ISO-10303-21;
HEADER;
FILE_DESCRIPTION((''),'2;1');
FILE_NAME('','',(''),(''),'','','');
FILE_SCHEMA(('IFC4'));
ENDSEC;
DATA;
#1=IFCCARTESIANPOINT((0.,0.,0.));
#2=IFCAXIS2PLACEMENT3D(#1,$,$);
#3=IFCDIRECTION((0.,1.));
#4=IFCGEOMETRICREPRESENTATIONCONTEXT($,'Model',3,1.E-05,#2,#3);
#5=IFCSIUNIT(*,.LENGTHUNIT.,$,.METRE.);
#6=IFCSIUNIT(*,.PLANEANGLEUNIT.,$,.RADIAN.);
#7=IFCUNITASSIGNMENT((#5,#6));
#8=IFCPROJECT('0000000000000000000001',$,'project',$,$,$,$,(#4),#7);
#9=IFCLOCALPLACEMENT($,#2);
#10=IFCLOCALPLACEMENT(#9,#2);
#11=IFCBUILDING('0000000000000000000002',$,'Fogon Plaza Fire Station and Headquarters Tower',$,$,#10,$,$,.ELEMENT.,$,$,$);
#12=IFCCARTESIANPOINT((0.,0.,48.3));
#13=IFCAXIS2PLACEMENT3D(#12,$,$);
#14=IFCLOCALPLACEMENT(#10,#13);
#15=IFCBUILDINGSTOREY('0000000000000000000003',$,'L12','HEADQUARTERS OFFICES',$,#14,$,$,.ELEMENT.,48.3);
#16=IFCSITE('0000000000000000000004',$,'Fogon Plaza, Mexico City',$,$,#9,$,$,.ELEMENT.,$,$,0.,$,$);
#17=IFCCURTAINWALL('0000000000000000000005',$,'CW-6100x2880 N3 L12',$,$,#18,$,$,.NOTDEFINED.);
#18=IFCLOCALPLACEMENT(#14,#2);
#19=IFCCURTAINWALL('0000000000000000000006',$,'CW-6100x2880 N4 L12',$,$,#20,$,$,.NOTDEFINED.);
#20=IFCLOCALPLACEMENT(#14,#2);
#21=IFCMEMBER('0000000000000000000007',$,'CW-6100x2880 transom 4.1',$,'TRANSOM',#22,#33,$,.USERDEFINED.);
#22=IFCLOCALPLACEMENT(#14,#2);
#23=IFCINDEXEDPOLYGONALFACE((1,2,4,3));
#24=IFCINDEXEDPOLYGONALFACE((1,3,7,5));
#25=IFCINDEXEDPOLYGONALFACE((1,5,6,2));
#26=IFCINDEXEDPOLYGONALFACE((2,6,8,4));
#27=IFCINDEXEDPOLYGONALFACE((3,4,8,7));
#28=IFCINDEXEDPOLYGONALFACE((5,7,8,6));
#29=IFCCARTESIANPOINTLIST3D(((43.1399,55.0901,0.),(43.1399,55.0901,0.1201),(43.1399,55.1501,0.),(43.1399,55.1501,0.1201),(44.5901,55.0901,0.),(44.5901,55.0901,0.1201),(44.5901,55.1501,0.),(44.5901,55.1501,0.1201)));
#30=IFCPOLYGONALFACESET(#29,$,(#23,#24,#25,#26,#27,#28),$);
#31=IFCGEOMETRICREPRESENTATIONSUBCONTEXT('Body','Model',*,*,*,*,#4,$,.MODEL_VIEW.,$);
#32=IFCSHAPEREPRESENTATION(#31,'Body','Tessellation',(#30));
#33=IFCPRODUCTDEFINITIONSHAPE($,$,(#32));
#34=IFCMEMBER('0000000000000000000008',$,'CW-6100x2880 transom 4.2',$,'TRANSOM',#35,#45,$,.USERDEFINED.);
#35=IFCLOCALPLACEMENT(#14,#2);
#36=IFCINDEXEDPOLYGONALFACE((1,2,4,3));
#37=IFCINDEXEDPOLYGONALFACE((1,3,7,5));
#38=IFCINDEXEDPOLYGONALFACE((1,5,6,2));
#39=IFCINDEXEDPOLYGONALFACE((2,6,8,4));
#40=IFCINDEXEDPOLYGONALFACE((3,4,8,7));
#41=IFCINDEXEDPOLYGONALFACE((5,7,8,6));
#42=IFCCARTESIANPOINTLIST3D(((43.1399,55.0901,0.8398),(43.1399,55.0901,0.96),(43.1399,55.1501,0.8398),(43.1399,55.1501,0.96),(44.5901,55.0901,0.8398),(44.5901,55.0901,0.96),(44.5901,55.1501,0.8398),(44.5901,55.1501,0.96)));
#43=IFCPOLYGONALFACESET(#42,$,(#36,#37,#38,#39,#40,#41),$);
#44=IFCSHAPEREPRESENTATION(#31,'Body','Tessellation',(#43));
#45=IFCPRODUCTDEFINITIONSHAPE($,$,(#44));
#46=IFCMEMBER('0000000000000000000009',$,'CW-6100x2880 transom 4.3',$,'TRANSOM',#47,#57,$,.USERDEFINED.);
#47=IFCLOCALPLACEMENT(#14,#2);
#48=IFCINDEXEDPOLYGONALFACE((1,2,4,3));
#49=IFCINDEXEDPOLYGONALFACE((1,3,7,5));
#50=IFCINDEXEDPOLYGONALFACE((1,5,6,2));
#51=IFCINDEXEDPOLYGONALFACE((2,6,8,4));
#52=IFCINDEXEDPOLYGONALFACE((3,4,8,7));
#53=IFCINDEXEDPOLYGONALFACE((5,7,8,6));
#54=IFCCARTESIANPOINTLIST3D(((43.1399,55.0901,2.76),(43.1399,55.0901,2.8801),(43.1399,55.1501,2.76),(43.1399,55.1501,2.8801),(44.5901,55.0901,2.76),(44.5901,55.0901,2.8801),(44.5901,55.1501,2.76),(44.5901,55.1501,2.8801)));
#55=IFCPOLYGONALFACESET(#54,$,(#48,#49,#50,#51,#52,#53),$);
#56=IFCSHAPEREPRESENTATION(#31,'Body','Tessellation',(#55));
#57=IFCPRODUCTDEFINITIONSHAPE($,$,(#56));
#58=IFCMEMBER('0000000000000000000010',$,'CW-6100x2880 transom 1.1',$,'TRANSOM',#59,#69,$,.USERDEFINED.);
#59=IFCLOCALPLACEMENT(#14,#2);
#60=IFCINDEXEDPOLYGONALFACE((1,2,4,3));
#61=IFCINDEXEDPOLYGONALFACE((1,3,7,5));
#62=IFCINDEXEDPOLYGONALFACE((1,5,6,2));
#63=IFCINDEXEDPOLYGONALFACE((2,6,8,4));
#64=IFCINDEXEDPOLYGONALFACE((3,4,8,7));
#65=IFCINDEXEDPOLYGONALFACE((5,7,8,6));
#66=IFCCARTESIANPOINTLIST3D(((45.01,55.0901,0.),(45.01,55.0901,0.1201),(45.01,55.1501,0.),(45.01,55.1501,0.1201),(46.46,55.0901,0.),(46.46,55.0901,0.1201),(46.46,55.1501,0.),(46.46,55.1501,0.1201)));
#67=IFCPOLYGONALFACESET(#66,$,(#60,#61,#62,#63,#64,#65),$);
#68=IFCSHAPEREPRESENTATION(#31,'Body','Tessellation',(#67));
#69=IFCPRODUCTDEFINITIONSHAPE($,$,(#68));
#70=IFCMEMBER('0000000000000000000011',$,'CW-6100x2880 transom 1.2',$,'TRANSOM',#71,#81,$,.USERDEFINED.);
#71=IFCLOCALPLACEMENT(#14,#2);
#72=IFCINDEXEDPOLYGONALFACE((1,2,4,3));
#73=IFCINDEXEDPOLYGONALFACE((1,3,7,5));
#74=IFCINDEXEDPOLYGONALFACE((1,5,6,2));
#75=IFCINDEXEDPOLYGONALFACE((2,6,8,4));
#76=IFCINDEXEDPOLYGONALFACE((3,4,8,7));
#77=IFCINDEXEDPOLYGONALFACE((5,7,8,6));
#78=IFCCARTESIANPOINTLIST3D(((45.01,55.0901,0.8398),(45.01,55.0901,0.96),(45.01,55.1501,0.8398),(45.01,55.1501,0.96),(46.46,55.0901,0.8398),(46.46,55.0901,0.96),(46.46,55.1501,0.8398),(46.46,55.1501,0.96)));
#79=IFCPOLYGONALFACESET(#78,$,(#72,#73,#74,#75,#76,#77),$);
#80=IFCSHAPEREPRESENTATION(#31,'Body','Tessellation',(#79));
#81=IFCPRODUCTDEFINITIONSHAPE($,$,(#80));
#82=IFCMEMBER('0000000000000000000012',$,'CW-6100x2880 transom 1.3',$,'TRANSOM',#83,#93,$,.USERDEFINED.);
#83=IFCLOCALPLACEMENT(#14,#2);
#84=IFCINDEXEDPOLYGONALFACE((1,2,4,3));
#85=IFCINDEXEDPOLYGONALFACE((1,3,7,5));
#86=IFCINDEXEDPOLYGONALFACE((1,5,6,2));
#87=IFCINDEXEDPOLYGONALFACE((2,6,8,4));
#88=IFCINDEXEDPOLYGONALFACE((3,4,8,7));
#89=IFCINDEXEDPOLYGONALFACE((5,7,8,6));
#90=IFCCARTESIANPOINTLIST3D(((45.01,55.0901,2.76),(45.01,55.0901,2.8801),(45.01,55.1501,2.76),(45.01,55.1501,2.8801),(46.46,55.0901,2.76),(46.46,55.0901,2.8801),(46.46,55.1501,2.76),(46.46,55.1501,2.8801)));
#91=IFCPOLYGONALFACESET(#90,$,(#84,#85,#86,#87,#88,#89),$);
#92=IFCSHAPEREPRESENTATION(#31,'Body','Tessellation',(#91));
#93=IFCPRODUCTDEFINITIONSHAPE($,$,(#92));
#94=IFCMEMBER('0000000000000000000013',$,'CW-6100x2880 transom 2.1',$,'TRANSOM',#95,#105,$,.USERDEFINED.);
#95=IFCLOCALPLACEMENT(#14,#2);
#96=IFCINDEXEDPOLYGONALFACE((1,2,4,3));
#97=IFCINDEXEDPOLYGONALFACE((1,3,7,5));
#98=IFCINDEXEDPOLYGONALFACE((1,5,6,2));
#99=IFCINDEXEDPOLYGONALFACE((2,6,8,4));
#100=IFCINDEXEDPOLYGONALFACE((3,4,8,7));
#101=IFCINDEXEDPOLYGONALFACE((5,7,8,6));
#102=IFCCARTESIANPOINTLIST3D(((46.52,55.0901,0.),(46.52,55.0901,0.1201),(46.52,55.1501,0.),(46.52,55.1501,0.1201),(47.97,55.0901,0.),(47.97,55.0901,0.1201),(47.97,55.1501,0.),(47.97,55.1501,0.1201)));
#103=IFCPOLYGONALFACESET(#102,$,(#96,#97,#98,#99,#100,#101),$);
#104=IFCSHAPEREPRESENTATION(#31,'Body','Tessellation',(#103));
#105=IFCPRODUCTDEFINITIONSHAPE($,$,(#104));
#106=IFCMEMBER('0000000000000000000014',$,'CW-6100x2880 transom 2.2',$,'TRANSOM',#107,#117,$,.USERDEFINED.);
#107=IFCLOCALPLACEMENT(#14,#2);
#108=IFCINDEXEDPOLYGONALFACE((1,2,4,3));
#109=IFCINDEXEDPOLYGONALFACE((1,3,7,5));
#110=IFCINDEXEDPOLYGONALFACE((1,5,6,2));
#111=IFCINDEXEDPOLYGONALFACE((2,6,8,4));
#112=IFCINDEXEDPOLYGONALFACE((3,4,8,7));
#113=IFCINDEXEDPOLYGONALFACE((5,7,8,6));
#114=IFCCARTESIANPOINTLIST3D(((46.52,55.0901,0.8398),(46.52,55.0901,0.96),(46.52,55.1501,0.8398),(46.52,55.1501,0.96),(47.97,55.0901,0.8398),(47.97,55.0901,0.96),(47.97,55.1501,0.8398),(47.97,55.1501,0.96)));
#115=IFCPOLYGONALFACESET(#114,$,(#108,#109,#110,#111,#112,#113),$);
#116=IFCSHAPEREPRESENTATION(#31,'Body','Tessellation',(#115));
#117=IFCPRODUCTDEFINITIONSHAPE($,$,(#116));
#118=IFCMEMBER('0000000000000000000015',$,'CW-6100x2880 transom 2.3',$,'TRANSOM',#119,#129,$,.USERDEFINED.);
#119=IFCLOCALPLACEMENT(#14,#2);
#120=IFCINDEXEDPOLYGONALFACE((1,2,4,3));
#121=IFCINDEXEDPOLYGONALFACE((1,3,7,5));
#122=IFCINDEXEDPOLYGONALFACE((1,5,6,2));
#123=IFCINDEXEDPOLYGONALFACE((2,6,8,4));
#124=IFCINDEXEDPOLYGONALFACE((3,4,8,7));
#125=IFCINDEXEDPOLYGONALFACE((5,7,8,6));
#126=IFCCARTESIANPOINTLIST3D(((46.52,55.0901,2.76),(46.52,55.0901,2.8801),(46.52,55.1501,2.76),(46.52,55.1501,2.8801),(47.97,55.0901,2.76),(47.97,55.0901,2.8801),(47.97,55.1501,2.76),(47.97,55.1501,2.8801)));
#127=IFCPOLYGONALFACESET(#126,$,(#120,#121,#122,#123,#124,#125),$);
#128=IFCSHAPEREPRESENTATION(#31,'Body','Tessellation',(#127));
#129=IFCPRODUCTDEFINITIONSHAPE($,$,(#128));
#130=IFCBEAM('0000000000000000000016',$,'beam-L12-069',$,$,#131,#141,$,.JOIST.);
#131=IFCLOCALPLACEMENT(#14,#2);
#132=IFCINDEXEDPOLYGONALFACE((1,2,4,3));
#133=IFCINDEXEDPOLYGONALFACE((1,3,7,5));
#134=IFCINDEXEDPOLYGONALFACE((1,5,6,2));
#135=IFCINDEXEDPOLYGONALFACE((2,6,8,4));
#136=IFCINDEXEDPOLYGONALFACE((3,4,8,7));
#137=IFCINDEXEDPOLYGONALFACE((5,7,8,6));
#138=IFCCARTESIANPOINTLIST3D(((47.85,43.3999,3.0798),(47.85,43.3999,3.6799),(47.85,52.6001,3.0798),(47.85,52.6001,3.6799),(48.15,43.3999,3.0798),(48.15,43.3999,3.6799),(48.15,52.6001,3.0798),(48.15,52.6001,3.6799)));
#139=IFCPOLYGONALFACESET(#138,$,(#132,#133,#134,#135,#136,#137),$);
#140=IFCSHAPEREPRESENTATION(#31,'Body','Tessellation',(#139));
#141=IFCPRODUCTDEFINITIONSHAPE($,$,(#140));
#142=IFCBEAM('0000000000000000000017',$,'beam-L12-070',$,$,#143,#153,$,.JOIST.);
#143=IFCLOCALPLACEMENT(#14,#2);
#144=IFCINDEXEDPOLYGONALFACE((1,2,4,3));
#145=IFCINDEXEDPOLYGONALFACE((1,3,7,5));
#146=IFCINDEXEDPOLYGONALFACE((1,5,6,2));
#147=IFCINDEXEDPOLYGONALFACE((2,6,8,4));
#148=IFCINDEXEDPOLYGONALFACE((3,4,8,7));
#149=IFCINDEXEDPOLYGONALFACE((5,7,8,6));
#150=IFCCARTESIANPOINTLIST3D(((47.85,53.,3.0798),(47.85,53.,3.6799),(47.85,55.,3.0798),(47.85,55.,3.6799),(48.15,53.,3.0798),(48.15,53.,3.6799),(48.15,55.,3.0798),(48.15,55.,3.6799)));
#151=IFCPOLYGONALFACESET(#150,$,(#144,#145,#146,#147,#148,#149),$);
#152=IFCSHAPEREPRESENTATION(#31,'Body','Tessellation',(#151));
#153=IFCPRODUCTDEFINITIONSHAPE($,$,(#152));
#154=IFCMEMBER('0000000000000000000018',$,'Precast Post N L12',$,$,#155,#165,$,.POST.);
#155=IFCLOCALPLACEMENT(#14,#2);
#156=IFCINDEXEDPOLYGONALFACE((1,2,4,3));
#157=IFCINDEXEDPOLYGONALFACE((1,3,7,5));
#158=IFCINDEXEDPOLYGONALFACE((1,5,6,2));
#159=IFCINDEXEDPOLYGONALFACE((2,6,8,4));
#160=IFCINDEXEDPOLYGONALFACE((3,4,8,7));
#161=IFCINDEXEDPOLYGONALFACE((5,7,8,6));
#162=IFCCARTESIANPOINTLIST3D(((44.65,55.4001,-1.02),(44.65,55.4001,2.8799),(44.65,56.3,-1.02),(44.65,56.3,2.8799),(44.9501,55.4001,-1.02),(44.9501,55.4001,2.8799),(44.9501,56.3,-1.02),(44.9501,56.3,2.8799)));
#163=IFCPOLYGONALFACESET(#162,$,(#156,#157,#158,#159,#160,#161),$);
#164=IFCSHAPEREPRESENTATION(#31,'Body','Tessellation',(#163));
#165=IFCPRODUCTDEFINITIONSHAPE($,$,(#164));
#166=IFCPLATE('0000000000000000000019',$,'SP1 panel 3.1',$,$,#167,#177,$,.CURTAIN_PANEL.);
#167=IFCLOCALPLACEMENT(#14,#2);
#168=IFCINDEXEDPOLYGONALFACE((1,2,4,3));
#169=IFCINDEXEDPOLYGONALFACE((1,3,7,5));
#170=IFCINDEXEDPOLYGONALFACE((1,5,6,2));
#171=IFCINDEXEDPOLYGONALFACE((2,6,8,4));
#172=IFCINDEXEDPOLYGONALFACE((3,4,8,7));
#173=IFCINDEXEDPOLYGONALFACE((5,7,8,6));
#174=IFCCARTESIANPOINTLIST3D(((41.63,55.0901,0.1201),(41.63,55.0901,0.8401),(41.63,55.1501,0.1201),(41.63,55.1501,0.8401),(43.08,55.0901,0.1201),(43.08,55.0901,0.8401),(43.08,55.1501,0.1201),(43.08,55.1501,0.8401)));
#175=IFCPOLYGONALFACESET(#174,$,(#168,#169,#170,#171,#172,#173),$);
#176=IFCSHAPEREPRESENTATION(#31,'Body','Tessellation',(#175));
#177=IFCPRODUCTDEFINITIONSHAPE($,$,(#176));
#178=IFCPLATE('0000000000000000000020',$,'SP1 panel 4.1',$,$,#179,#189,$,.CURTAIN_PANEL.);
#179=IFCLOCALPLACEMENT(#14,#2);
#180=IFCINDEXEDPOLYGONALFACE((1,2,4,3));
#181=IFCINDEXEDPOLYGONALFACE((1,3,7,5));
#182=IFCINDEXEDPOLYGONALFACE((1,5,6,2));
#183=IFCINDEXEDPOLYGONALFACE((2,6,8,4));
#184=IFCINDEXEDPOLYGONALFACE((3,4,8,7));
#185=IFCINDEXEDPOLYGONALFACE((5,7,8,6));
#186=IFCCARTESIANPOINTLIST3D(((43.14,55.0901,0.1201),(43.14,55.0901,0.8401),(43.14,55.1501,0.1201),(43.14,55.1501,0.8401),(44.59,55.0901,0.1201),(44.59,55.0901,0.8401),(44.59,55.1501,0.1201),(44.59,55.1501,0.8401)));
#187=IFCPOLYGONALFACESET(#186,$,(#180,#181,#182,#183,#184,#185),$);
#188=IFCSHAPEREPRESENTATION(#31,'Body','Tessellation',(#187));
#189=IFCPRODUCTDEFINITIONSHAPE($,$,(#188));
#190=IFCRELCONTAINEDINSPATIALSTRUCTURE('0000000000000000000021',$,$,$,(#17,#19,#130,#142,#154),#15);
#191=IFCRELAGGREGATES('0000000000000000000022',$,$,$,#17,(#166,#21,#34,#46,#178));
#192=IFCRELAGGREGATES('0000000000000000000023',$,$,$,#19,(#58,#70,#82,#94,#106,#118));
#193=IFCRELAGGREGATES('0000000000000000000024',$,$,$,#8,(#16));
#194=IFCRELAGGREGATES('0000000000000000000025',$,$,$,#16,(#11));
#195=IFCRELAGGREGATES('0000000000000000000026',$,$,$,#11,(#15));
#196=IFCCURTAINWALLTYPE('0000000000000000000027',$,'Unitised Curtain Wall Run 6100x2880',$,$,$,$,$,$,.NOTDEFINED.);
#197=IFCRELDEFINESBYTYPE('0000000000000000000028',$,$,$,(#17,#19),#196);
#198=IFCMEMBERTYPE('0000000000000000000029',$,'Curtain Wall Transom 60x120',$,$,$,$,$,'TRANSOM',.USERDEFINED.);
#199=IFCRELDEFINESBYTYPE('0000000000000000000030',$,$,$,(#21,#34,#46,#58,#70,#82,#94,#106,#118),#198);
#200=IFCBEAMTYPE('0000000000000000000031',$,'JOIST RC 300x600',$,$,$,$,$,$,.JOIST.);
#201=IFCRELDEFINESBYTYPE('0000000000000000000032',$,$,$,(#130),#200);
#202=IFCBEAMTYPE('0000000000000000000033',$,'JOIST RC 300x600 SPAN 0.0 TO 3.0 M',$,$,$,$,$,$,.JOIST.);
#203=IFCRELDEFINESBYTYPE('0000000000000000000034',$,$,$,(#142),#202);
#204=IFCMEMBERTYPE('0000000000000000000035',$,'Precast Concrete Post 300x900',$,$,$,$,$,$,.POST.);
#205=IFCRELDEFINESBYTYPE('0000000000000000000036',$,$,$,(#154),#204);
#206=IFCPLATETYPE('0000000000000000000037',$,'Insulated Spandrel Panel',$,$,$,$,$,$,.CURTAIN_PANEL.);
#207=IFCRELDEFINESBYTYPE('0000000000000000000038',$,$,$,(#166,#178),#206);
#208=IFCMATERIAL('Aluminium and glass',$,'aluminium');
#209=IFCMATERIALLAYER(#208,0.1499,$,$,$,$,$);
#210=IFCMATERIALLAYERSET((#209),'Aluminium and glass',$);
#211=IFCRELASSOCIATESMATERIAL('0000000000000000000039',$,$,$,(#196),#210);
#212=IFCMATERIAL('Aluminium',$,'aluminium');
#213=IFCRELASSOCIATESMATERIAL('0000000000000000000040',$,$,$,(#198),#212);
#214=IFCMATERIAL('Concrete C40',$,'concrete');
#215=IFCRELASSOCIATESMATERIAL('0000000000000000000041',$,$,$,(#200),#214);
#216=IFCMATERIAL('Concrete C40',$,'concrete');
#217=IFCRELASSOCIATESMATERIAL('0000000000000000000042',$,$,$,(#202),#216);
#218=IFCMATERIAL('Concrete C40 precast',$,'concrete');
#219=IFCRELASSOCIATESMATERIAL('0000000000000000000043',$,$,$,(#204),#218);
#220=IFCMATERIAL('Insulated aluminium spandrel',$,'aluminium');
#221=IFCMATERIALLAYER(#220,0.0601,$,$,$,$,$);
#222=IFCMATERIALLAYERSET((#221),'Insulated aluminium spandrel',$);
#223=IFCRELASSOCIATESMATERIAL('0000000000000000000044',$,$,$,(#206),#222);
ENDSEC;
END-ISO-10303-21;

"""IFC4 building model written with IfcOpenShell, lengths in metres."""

from ifc_helpers import new_model, si_unit, direction, frame, origin, origin_2d, place, context, subcontext, project, spatial, rectangle, extrude, material, layer, layer_set, material_profile, profile_set, type_object, element, aggregate, save


model = new_model("IFC4")

# Units and contexts
model_context = context("Model", 3, precision=1e-05, world=origin(), true_north=direction((0.0, 1.0)))
body_context = subcontext(model_context, "Body", "Model", "MODEL_VIEW")
ifc_project = project(units=[si_unit("LENGTHUNIT", "METRE"), si_unit("PLANEANGLEUNIT", "RADIAN")], contexts=[model_context])

# Site, building, storey
site_placement = place(None, origin())
site = spatial("IfcSite", under=ifc_project, at=site_placement, Name="Fogon Plaza, Mexico City", CompositionType="ELEMENT", RefElevation=0.0)
building_placement = place(site_placement, origin())
building = spatial("IfcBuilding", under=site, at=building_placement, Name="Fogon Plaza Fire Station and Headquarters Tower", CompositionType="ELEMENT")
storey_placement = place(building_placement, frame((0.0, 0.0, 48.3)))
storey = spatial("IfcBuildingStorey", under=building, at=storey_placement, Name="L12", Description="HEADQUARTERS OFFICES", CompositionType="ELEMENT", Elevation=48.3)

# Curtain walls
ifc_material_1 = material(Name="Aluminium and glass", Category="aluminium")
ifc_layer_1 = layer(ifc_material_1, 0.1499)
ifc_layer_set_1 = layer_set([ifc_layer_1], Name="Aluminium and glass")
curtain_wall_type = type_object("IfcCurtainWallType", Name="Unitised Curtain Wall Run 6100x2880", PredefinedType="NOTDEFINED", material=ifc_layer_set_1)
curtain_wall_1_placement = place(storey_placement, origin())
curtain_wall_1 = element("IfcCurtainWall", 1, at=curtain_wall_1_placement, inside=storey, type_object=curtain_wall_type, Name="CW-6100x2880 N3 L12", PredefinedType="NOTDEFINED")
curtain_wall_2_placement = place(storey_placement, origin())
curtain_wall_2 = element("IfcCurtainWall", 2, at=curtain_wall_2_placement, inside=storey, type_object=curtain_wall_type, Name="CW-6100x2880 N4 L12", PredefinedType="NOTDEFINED")

# Members
ifc_material_2 = material(Name="Aluminium", Category="aluminium")
ifc_material_profile_1 = material_profile(ifc_material_2, rectangle(XDim=0.0601, YDim=0.1201, at=origin_2d()), Name="Curtain Wall Transom 60x120")
ifc_profile_set_1 = profile_set([ifc_material_profile_1], Name="Aluminium")
member_type_1 = type_object("IfcMemberType", Name="Curtain Wall Transom 60x120", ElementType="TRANSOM", PredefinedType="USERDEFINED", material=ifc_profile_set_1)
member_1_placement = place(storey_placement, frame((43.1399, 55.1201, 0.0601), z_axis=(1.0, 0.0, 0.0), x_axis=(0.0, 1.0, 0.0)))
member_1 = element("IfcMember", 3, at=member_1_placement, type_object=member_type_1, Name="CW-6100x2880 transom 4.1", ObjectType="TRANSOM", PredefinedType="USERDEFINED", context=body_context, shape_type="SweptSolid", body=[
    extrude(rectangle(XDim=0.0601, YDim=0.1201, at=origin_2d()), origin(), (0.0, 0.0, 1.0), 1.4502),
])
member_2_placement = place(storey_placement, frame((43.1399, 55.1201, 0.8999), z_axis=(1.0, 0.0, 0.0), x_axis=(0.0, 1.0, 0.0)))
member_2 = element("IfcMember", 4, at=member_2_placement, type_object=member_type_1, Name="CW-6100x2880 transom 4.2", ObjectType="TRANSOM", PredefinedType="USERDEFINED", context=body_context, shape_type="SweptSolid", body=[
    extrude(rectangle(XDim=0.0601, YDim=0.1201, at=origin_2d()), origin(), (0.0, 0.0, 1.0), 1.4502),
])
member_3_placement = place(storey_placement, frame((43.1399, 55.1201, 2.8201), z_axis=(1.0, 0.0, 0.0), x_axis=(0.0, 1.0, 0.0)))
member_3 = element("IfcMember", 5, at=member_3_placement, type_object=member_type_1, Name="CW-6100x2880 transom 4.3", ObjectType="TRANSOM", PredefinedType="USERDEFINED", context=body_context, shape_type="SweptSolid", body=[
    extrude(rectangle(XDim=0.0601, YDim=0.1201, at=origin_2d()), origin(), (0.0, 0.0, 1.0), 1.4502),
])
member_4_placement = place(storey_placement, frame((45.01, 55.1201, 0.0601), z_axis=(1.0, 0.0, 0.0), x_axis=(0.0, 1.0, 0.0)))
member_4 = element("IfcMember", 6, at=member_4_placement, type_object=member_type_1, Name="CW-6100x2880 transom 1.1", ObjectType="TRANSOM", PredefinedType="USERDEFINED", context=body_context, shape_type="SweptSolid", body=[
    extrude(rectangle(XDim=0.0601, YDim=0.1201, at=origin_2d()), origin(), (0.0, 0.0, 1.0), 1.45),
])
member_5_placement = place(storey_placement, frame((45.01, 55.1201, 0.8999), z_axis=(1.0, 0.0, 0.0), x_axis=(0.0, 1.0, 0.0)))
member_5 = element("IfcMember", 7, at=member_5_placement, type_object=member_type_1, Name="CW-6100x2880 transom 1.2", ObjectType="TRANSOM", PredefinedType="USERDEFINED", context=body_context, shape_type="SweptSolid", body=[
    extrude(rectangle(XDim=0.0601, YDim=0.1201, at=origin_2d()), origin(), (0.0, 0.0, 1.0), 1.45),
])
member_6_placement = place(storey_placement, frame((45.01, 55.1201, 2.8201), z_axis=(1.0, 0.0, 0.0), x_axis=(0.0, 1.0, 0.0)))
member_6 = element("IfcMember", 8, at=member_6_placement, type_object=member_type_1, Name="CW-6100x2880 transom 1.3", ObjectType="TRANSOM", PredefinedType="USERDEFINED", context=body_context, shape_type="SweptSolid", body=[
    extrude(rectangle(XDim=0.0601, YDim=0.1201, at=origin_2d()), origin(), (0.0, 0.0, 1.0), 1.45),
])
member_7_placement = place(storey_placement, frame((46.52, 55.1201, 0.0601), z_axis=(1.0, 0.0, 0.0), x_axis=(0.0, 1.0, 0.0)))
member_7 = element("IfcMember", 9, at=member_7_placement, type_object=member_type_1, Name="CW-6100x2880 transom 2.1", ObjectType="TRANSOM", PredefinedType="USERDEFINED", context=body_context, shape_type="SweptSolid", body=[
    extrude(rectangle(XDim=0.0601, YDim=0.1201, at=origin_2d()), origin(), (0.0, 0.0, 1.0), 1.45),
])
member_8_placement = place(storey_placement, frame((46.52, 55.1201, 0.8999), z_axis=(1.0, 0.0, 0.0), x_axis=(0.0, 1.0, 0.0)))
member_8 = element("IfcMember", 10, at=member_8_placement, type_object=member_type_1, Name="CW-6100x2880 transom 2.2", ObjectType="TRANSOM", PredefinedType="USERDEFINED", context=body_context, shape_type="SweptSolid", body=[
    extrude(rectangle(XDim=0.0601, YDim=0.1201, at=origin_2d()), origin(), (0.0, 0.0, 1.0), 1.45),
])
member_9_placement = place(storey_placement, frame((46.52, 55.1201, 2.8201), z_axis=(1.0, 0.0, 0.0), x_axis=(0.0, 1.0, 0.0)))
member_9 = element("IfcMember", 11, at=member_9_placement, type_object=member_type_1, Name="CW-6100x2880 transom 2.3", ObjectType="TRANSOM", PredefinedType="USERDEFINED", context=body_context, shape_type="SweptSolid", body=[
    extrude(rectangle(XDim=0.0601, YDim=0.1201, at=origin_2d()), origin(), (0.0, 0.0, 1.0), 1.45),
])

# Beams
ifc_material_3 = material(Name="Concrete C40", Category="concrete")
ifc_material_profile_2 = material_profile(ifc_material_3, rectangle(XDim=0.3, YDim=0.6001, at=origin_2d()), Name="RC 300x600")
ifc_profile_set_2 = profile_set([ifc_material_profile_2], Name="Concrete C40")
beam_type_1 = type_object("IfcBeamType", Name="JOIST RC 300x600", PredefinedType="JOIST", material=ifc_profile_set_2)
beam_1_placement = place(storey_placement, frame((48.0, 43.3999, 3.3799), z_axis=(0.0, 1.0, 0.0), x_axis=(-1.0, 0.0, 0.0)))
element("IfcBeam", 12, at=beam_1_placement, inside=storey, type_object=beam_type_1, Name="beam-L12-069", PredefinedType="JOIST", context=body_context, shape_type="SweptSolid", body=[
    extrude(rectangle(XDim=0.3, YDim=0.6001, at=origin_2d()), origin(), (0.0, 0.0, 1.0), 9.2002),
])
ifc_material_4 = material(Name="Concrete C40", Category="concrete")
ifc_material_profile_3 = material_profile(ifc_material_4, rectangle(XDim=0.3, YDim=0.6001, at=origin_2d()), Name="RC 300x600")
ifc_profile_set_3 = profile_set([ifc_material_profile_3], Name="Concrete C40")
beam_type_2 = type_object("IfcBeamType", Name="JOIST RC 300x600 SPAN 0.0 TO 3.0 M", PredefinedType="JOIST", material=ifc_profile_set_3)
beam_2_placement = place(storey_placement, frame((48.0, 53.0, 3.3799), z_axis=(0.0, 1.0, 0.0), x_axis=(-1.0, 0.0, 0.0)))
element("IfcBeam", 13, at=beam_2_placement, inside=storey, type_object=beam_type_2, Name="beam-L12-070", PredefinedType="JOIST", context=body_context, shape_type="SweptSolid", body=[
    extrude(rectangle(XDim=0.3, YDim=0.6001, at=origin_2d()), origin(), (0.0, 0.0, 1.0), 2.0),
])

# Member
ifc_material_5 = material(Name="Concrete C40 precast", Category="concrete")
ifc_material_profile_4 = material_profile(ifc_material_5, rectangle(XDim=0.3, YDim=0.8999, at=origin_2d()), Name="Precast Concrete Post 300x900")
ifc_profile_set_4 = profile_set([ifc_material_profile_4], Name="Concrete C40 precast")
member_type_2 = type_object("IfcMemberType", Name="Precast Concrete Post 300x900", PredefinedType="POST", material=ifc_profile_set_4)
member_10_placement = place(storey_placement, frame((44.8, 55.8501, -1.02), z_axis=(0.0, 0.0, 1.0), x_axis=(1.0, 0.0, 0.0)))
element("IfcMember", 14, at=member_10_placement, inside=storey, type_object=member_type_2, Name="Precast Post N L12", PredefinedType="POST", context=body_context, shape_type="SweptSolid", body=[
    extrude(rectangle(XDim=0.3, YDim=0.8999, at=origin_2d()), origin(), (0.0, 0.0, 1.0), 3.8999),
])

# Plates
ifc_material_6 = material(Name="Insulated aluminium spandrel", Category="aluminium")
ifc_layer_2 = layer(ifc_material_6, 0.0601)
ifc_layer_set_2 = layer_set([ifc_layer_2], Name="Insulated aluminium spandrel")
plate_type_1 = type_object("IfcPlateType", Name="Insulated Spandrel Panel", PredefinedType="CURTAIN_PANEL", material=ifc_layer_set_2)
plate_1_placement = place(storey_placement, frame((42.355, 55.1201, 0.1201), z_axis=(0.0, 0.0, 1.0), x_axis=(1.0, 0.0, 0.0)))
plate_1 = element("IfcPlate", 15, at=plate_1_placement, type_object=plate_type_1, Name="SP1 panel 3.1", PredefinedType="CURTAIN_PANEL", context=body_context, shape_type="SweptSolid", body=[
    extrude(rectangle(XDim=1.45, YDim=0.0601, at=origin_2d()), origin(), (0.0, 0.0, 1.0), 0.72),
])
plate_2_placement = place(storey_placement, frame((43.865, 55.1201, 0.1201), z_axis=(0.0, 0.0, 1.0), x_axis=(1.0, 0.0, 0.0)))
plate_2 = element("IfcPlate", 16, at=plate_2_placement, type_object=plate_type_1, Name="SP1 panel 4.1", PredefinedType="CURTAIN_PANEL", context=body_context, shape_type="SweptSolid", body=[
    extrude(rectangle(XDim=1.45, YDim=0.0601, at=origin_2d()), origin(), (0.0, 0.0, 1.0), 0.72),
])
aggregate(curtain_wall_1, [plate_1, member_1, member_2, member_3, plate_2])
aggregate(curtain_wall_2, [member_4, member_5, member_6, member_7, member_8, member_9])

save(model, "model.ifc")
